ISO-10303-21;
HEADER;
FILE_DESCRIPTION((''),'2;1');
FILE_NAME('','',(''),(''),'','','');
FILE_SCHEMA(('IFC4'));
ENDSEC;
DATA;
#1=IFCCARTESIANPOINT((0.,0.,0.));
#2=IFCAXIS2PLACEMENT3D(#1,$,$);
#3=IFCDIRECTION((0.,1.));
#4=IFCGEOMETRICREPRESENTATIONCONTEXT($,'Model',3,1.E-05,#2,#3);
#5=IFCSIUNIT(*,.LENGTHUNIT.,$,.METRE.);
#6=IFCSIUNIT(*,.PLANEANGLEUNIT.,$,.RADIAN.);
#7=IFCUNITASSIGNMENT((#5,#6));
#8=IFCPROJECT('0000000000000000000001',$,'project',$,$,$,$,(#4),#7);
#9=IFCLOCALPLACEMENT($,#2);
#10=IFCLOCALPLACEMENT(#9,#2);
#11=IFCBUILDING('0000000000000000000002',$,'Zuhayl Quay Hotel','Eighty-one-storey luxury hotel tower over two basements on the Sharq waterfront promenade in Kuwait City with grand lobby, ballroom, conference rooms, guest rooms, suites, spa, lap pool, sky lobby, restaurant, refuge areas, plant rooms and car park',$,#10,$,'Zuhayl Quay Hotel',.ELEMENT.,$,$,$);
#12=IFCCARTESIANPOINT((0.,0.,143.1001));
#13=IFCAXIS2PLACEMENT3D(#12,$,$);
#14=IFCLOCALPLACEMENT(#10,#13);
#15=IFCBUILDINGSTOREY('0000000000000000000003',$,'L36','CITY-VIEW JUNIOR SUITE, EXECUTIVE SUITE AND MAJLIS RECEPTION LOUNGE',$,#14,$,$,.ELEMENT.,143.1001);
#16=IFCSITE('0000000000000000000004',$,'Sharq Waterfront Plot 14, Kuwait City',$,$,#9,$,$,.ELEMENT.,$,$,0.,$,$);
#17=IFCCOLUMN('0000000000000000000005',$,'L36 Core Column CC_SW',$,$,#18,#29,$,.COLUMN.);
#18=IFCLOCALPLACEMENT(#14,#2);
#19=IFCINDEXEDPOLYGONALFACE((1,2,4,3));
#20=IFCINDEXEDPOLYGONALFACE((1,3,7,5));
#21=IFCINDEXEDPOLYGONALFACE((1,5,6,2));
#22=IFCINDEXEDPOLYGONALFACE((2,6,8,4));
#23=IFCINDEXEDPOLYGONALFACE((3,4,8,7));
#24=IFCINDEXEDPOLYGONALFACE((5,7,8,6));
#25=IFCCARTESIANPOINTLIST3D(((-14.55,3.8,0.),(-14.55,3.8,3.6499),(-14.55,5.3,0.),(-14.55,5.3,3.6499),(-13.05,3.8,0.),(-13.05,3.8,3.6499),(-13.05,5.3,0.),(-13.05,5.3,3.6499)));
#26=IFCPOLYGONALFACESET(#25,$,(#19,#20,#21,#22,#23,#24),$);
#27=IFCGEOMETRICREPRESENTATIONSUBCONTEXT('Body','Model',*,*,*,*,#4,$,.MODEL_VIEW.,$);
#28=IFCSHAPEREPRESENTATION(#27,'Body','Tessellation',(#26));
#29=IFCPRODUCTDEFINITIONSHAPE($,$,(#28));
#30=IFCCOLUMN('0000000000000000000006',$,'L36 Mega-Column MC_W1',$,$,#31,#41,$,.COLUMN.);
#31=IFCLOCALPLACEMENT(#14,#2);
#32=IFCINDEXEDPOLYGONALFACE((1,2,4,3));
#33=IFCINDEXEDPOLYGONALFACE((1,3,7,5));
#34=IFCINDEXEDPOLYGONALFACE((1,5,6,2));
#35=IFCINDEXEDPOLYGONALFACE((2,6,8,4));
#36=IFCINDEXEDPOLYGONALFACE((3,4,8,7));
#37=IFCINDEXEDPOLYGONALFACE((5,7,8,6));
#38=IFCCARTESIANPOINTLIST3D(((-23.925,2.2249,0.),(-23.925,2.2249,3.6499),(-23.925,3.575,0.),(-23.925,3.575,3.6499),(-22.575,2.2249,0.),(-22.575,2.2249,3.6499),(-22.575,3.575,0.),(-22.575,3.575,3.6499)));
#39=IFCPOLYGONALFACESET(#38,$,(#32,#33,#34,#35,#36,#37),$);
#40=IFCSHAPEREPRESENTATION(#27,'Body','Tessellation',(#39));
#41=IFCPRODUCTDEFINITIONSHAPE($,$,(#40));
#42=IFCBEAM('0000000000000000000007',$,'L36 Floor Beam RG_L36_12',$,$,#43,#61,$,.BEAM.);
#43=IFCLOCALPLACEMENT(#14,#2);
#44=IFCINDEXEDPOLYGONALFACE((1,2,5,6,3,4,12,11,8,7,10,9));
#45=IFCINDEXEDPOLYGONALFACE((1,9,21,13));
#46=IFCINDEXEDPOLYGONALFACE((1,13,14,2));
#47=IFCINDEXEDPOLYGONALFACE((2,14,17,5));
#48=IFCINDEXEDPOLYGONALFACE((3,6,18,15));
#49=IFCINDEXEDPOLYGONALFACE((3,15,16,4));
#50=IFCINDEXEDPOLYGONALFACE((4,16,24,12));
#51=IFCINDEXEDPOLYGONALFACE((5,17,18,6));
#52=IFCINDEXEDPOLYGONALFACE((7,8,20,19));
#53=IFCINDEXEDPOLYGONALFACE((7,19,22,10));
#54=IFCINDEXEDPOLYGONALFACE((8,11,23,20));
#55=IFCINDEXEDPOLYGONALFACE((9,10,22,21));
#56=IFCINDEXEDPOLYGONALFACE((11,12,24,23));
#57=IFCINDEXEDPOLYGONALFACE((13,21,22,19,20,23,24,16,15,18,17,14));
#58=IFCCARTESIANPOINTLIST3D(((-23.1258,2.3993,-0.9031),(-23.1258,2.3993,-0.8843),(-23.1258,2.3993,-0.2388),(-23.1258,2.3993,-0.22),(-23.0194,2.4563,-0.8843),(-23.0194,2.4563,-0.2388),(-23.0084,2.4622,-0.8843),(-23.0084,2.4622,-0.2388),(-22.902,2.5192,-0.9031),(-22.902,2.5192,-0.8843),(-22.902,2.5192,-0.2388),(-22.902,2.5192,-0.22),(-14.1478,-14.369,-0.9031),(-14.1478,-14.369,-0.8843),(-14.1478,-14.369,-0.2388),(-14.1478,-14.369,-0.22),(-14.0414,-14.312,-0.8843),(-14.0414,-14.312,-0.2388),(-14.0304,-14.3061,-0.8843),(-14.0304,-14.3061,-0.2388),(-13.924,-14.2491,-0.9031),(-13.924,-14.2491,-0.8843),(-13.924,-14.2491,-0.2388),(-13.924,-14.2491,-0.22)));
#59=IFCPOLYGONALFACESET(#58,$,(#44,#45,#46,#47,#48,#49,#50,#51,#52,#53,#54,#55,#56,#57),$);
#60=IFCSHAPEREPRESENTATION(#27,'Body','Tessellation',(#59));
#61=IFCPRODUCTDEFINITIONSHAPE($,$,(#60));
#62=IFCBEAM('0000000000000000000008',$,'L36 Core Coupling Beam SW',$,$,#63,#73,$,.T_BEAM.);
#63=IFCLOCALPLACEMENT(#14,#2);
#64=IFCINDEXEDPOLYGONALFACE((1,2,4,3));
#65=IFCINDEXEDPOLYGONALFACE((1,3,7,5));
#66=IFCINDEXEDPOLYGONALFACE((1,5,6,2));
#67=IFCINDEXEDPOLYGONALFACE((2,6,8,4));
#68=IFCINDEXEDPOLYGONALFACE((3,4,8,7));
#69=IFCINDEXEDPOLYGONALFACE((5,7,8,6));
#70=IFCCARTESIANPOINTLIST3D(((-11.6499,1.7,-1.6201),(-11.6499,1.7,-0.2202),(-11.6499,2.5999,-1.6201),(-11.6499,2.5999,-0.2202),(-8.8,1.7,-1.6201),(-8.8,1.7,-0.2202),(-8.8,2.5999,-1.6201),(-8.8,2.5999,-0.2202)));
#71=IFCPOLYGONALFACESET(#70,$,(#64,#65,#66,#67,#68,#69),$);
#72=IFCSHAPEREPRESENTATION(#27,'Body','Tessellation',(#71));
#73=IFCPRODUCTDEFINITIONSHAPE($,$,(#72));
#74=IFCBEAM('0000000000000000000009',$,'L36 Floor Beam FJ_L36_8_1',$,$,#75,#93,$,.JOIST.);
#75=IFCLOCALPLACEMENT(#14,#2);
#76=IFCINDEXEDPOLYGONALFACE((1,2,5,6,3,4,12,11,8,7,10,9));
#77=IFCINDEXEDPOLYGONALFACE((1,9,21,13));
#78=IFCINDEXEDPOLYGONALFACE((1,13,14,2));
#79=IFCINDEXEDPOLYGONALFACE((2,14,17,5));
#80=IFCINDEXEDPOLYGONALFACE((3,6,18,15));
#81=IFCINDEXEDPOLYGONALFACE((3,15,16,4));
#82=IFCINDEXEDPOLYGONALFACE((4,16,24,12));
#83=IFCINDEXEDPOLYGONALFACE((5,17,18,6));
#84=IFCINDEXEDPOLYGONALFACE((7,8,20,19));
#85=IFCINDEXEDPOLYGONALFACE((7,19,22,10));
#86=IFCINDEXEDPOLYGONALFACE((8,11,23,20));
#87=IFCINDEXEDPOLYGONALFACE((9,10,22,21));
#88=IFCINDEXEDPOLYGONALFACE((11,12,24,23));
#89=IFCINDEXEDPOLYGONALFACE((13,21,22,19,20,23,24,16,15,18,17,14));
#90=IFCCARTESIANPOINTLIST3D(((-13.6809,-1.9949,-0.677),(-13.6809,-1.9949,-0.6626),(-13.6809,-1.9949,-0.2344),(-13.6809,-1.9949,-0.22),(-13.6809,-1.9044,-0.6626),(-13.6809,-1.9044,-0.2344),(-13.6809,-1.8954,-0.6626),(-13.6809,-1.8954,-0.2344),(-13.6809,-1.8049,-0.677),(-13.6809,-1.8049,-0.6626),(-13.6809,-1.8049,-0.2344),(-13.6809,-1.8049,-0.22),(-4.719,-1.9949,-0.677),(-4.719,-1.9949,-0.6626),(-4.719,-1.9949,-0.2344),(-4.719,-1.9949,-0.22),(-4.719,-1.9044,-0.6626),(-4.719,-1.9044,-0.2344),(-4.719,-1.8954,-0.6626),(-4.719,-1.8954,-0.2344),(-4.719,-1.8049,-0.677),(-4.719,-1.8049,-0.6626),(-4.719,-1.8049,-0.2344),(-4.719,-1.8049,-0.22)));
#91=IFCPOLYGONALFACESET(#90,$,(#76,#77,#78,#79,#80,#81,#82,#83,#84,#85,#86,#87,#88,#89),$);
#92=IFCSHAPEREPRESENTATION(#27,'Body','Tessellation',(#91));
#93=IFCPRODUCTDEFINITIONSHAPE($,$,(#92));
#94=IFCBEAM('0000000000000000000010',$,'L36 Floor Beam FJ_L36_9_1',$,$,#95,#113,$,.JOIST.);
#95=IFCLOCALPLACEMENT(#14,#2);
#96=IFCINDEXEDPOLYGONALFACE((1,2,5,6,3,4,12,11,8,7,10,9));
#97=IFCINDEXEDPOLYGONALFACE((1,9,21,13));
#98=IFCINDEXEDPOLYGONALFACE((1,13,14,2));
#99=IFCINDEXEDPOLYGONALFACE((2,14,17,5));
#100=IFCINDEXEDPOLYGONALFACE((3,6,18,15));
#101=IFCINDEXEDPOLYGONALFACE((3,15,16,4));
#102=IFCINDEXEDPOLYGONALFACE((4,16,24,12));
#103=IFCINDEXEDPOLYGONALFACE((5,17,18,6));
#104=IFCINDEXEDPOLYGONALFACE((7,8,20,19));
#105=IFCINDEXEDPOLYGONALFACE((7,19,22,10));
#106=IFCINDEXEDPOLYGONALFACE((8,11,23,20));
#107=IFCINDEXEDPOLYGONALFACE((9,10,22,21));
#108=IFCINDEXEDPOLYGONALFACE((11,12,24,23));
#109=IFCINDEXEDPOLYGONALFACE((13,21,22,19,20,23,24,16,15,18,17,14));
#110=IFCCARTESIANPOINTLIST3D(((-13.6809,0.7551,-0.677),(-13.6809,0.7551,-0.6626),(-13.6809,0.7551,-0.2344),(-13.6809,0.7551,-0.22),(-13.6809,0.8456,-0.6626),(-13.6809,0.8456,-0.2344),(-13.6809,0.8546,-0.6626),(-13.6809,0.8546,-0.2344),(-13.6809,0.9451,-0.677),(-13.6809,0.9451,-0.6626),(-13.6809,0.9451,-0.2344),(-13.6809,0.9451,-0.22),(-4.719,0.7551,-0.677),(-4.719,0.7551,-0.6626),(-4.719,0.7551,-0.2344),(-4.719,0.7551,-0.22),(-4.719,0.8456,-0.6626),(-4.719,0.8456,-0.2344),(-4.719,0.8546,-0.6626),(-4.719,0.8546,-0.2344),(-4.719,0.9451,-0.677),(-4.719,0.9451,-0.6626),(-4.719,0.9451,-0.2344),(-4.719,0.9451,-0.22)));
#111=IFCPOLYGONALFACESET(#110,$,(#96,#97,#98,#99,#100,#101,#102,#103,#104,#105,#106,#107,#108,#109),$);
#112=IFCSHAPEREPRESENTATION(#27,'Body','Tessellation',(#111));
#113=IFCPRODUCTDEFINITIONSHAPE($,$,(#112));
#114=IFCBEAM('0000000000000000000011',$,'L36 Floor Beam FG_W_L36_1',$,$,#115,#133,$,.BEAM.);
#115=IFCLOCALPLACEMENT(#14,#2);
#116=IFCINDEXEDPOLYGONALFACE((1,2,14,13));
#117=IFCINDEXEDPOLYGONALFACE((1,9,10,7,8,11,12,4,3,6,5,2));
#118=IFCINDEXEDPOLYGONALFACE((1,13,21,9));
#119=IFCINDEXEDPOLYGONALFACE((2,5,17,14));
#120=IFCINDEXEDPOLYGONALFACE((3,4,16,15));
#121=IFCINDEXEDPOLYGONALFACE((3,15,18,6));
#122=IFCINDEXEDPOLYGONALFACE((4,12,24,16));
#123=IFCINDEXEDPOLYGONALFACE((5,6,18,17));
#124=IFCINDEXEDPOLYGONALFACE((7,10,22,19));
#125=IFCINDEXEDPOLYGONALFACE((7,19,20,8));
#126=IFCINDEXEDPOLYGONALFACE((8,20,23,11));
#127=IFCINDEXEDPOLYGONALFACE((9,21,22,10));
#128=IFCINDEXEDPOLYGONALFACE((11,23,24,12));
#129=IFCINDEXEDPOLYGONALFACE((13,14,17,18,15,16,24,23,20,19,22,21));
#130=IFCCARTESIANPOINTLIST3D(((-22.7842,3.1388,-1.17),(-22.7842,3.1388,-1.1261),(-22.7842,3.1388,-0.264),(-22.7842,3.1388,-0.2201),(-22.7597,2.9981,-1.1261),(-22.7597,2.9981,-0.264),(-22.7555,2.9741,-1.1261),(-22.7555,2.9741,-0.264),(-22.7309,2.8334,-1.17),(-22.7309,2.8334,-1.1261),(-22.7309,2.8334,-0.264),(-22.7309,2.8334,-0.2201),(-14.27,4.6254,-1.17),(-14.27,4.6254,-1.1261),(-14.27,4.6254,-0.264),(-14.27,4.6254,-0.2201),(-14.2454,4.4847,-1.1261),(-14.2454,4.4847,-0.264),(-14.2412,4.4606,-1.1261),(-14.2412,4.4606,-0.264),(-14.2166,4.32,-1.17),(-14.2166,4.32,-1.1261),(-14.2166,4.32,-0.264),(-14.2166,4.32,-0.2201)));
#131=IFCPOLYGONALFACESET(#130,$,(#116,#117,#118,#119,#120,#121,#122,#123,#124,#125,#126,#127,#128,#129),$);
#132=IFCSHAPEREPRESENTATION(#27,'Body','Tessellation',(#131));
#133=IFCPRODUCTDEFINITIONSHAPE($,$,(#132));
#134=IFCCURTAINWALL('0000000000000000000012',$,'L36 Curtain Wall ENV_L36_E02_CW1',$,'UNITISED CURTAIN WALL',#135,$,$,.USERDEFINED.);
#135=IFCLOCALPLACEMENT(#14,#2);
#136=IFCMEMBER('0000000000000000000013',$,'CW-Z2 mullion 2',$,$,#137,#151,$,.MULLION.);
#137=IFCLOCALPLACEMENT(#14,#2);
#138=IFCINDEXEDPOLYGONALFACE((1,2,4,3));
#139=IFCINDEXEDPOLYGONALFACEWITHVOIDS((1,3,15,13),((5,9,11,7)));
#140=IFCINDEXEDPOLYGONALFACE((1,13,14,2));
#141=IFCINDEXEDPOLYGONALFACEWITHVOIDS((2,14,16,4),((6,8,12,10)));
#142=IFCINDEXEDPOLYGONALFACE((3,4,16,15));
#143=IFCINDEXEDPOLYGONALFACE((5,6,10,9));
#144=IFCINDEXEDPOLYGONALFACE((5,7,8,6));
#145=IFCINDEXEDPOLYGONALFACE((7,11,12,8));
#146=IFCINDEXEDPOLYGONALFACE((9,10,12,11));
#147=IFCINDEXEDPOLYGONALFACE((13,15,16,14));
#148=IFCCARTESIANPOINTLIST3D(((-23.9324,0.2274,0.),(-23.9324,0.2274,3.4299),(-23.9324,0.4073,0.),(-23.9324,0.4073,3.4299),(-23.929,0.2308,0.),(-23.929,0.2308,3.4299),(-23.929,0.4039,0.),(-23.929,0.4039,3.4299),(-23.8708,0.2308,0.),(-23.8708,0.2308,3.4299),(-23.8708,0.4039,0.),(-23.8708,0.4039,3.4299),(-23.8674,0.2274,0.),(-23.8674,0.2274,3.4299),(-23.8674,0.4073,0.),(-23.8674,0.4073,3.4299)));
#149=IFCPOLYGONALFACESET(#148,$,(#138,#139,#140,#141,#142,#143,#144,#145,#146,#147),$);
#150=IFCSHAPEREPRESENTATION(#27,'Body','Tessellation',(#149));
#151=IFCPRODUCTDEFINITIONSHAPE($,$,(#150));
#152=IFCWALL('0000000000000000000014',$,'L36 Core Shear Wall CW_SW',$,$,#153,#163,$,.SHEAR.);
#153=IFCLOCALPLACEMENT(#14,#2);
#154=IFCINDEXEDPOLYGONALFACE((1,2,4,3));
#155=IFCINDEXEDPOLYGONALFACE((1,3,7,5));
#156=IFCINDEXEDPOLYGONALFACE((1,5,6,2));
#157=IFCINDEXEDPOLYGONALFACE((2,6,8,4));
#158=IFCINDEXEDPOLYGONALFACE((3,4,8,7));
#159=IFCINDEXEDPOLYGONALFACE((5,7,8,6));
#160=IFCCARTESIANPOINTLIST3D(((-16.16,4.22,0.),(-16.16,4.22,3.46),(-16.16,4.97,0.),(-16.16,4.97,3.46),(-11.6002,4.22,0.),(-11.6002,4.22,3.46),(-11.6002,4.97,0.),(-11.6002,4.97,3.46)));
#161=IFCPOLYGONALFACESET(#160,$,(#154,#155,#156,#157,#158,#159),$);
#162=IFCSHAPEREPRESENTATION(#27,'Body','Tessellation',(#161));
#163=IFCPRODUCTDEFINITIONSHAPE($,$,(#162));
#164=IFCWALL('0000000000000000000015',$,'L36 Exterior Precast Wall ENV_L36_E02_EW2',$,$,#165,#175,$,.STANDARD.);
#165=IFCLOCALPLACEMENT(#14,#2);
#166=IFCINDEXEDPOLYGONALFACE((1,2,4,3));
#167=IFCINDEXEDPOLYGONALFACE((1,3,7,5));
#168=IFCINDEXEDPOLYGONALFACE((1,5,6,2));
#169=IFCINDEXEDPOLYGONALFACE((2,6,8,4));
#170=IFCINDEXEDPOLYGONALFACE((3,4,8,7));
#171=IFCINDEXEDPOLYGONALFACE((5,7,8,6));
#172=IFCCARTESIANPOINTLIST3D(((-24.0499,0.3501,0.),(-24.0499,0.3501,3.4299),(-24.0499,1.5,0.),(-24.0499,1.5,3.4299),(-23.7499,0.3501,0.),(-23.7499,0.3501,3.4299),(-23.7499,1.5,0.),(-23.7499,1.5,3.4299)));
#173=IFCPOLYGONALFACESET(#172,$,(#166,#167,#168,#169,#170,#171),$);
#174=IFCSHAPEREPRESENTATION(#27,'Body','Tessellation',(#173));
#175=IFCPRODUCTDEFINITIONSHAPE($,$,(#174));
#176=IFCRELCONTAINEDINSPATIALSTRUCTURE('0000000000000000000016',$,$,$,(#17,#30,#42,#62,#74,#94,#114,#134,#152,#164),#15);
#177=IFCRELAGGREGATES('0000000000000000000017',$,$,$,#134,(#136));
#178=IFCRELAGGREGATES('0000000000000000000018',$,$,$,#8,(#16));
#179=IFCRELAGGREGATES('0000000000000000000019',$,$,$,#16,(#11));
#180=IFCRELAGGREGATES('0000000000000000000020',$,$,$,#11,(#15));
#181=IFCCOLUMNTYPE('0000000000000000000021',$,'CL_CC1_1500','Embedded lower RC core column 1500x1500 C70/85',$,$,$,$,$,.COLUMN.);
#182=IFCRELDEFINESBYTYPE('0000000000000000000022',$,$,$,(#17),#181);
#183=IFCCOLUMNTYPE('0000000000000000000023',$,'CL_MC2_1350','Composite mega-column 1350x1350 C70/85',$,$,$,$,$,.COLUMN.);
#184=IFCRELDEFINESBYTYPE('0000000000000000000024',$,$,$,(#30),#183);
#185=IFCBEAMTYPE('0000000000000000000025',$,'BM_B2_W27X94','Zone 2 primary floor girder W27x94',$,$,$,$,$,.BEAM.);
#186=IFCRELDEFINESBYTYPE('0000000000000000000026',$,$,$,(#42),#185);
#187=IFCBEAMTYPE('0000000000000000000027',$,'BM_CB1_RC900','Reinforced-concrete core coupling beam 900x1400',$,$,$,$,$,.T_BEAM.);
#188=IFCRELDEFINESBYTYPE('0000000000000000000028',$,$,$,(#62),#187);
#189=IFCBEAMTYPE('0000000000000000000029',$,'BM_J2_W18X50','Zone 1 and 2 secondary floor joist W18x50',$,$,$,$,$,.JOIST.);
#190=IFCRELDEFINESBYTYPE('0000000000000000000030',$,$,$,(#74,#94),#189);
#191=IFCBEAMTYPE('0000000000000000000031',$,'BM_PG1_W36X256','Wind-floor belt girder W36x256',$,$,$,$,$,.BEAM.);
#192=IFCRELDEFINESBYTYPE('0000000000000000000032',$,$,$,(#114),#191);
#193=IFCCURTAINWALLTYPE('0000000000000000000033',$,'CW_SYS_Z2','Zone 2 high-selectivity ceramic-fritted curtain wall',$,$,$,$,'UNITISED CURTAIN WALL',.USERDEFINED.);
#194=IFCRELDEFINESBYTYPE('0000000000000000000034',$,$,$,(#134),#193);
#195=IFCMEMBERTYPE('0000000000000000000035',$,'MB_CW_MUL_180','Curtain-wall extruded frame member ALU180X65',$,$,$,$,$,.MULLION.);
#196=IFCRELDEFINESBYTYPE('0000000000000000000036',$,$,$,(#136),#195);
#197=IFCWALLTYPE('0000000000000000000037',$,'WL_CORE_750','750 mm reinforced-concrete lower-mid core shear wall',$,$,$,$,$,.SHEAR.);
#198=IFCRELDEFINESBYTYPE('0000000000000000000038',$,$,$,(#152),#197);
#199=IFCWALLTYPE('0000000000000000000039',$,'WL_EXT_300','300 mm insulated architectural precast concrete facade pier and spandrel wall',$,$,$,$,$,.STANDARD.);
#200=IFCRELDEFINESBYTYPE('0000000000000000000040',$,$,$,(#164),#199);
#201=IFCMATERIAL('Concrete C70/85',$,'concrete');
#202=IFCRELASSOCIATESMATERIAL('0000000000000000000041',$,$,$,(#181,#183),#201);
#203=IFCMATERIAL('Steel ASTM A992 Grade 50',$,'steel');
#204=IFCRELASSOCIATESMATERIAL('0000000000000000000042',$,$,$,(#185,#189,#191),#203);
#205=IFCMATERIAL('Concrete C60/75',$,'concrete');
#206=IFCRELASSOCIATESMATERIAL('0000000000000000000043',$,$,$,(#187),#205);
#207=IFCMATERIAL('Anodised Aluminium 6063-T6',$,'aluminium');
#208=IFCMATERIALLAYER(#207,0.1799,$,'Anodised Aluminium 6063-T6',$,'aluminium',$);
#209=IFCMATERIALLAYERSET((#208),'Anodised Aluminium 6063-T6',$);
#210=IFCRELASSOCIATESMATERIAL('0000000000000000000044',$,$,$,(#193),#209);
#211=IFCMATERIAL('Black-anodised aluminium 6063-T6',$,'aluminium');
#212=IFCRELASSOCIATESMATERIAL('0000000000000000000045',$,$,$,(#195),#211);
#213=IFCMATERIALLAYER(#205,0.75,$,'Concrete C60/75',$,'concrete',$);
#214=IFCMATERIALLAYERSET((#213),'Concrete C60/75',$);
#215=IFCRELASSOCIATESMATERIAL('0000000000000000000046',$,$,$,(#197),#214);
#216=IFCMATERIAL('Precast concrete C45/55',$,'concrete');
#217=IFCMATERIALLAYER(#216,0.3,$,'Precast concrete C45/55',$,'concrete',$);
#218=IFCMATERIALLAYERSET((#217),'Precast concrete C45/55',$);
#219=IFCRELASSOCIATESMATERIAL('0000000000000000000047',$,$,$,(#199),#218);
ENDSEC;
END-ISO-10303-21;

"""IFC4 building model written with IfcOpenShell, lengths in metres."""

from ifc_helpers import new_model, si_unit, direction, frame, frame_2d, origin, origin_2d, place, context, subcontext, project, spatial, rectangle, hollow_rectangle, i_section, extrude, material, layer, layer_set, material_profile, profile_set, type_object, element, aggregate, save


model = new_model("IFC4")

# Units and contexts
model_context = context("Model", 3, precision=1e-05, world=origin(), true_north=direction((0.0, 1.0)))
body_context = subcontext(model_context, "Body", "Model", "MODEL_VIEW")
ifc_project = project(units=[si_unit("LENGTHUNIT", "METRE"), si_unit("PLANEANGLEUNIT", "RADIAN")], contexts=[model_context])

# Site, building, storey
site_placement = place(None, origin())
site = spatial("IfcSite", under=ifc_project, at=site_placement, Name="Sharq Waterfront Plot 14, Kuwait City", CompositionType="ELEMENT", RefElevation=0.0)
building_placement = place(site_placement, origin())
building = spatial("IfcBuilding", under=site, at=building_placement, Name="Zuhayl Quay Hotel", Description="Eighty-one-storey luxury hotel tower over two basements on the Sharq waterfront promenade in Kuwait City with grand lobby, ballroom, conference rooms, guest rooms, suites, spa, lap pool, sky lobby, restaurant, refuge areas, plant rooms and car park", LongName="Zuhayl Quay Hotel", CompositionType="ELEMENT")
storey_placement = place(building_placement, frame((0.0, 0.0, 143.1001)))
storey = spatial("IfcBuildingStorey", under=building, at=storey_placement, Name="L36", Description="CITY-VIEW JUNIOR SUITE, EXECUTIVE SUITE AND MAJLIS RECEPTION LOUNGE", CompositionType="ELEMENT", Elevation=143.1001)

# Columns
ifc_material_1 = material(Name="Concrete C70/85", Category="concrete")
ifc_material_profile_1 = material_profile(ifc_material_1, rectangle(XDim=1.5, YDim=1.5, at=origin_2d()), Name="RC1500X1500")
ifc_profile_set_1 = profile_set([ifc_material_profile_1], Name="Concrete C70/85")
column_type_1 = type_object("IfcColumnType", Name="CL_CC1_1500", Description="Embedded lower RC core column 1500x1500 C70/85", PredefinedType="COLUMN", material=ifc_profile_set_1)
column_1_placement = place(storey_placement, frame((-13.8, 4.55, 0.0), z_axis=(0.0, 0.0, 1.0), x_axis=(1.0, 0.0, 0.0)))
element("IfcColumn", 1, at=column_1_placement, inside=storey, type_object=column_type_1, Name="L36 Core Column CC_SW", PredefinedType="COLUMN", context=body_context, shape_type="SweptSolid", body=[
    extrude(rectangle(XDim=1.5, YDim=1.5, at=origin_2d()), origin(), (0.0, 0.0, 1.0), 3.6499),
])
ifc_material_profile_2 = material_profile(ifc_material_1, rectangle(XDim=1.3501, YDim=1.3501, at=origin_2d()), Name="RC1350X1350")
ifc_profile_set_2 = profile_set([ifc_material_profile_2], Name="Concrete C70/85")
column_type_2 = type_object("IfcColumnType", Name="CL_MC2_1350", Description="Composite mega-column 1350x1350 C70/85", PredefinedType="COLUMN", material=ifc_profile_set_2)
column_2_placement = place(storey_placement, frame((-23.25, 2.8999, 0.0), z_axis=(0.0, 0.0, 1.0), x_axis=(1.0, 0.0, 0.0)))
element("IfcColumn", 2, at=column_2_placement, inside=storey, type_object=column_type_2, Name="L36 Mega-Column MC_W1", PredefinedType="COLUMN", context=body_context, shape_type="SweptSolid", body=[
    extrude(rectangle(XDim=1.3501, YDim=1.3501, at=origin_2d()), origin(), (0.0, 0.0, 1.0), 3.6499),
])

# Beams
ifc_material_2 = material(Name="Steel ASTM A992 Grade 50", Category="steel")
ifc_material_profile_3 = material_profile(ifc_material_2, i_section(OverallWidth=0.2539, OverallDepth=0.6831, WebThickness=0.0125, FlangeThickness=0.0188, at=origin_2d()), Name="W27X94")
ifc_profile_set_3 = profile_set([ifc_material_profile_3], Name="Steel ASTM A992 Grade 50")
beam_type_1 = type_object("IfcBeamType", Name="BM_B2_W27X94", Description="Zone 2 primary floor girder W27x94", PredefinedType="BEAM", material=ifc_profile_set_3)
beam_1_placement = place(storey_placement, frame((-23.0139, 2.4592, -0.5615), z_axis=(0.472017, -0.881589, 0.0), x_axis=(0.881589, 0.472017, 0.0)))
element("IfcBeam", 3, at=beam_1_placement, inside=storey, type_object=beam_type_1, Name="L36 Floor Beam RG_L36_12", PredefinedType="BEAM", context=body_context, shape_type="SweptSolid", body=[
    extrude(i_section(OverallWidth=0.2539, OverallDepth=0.6831, WebThickness=0.0125, FlangeThickness=0.0188, at=origin_2d()), origin(), (0.0, 0.0, 1.0), 19.0205),
])
ifc_material_3 = material(Name="Concrete C60/75", Category="concrete")
ifc_material_profile_4 = material_profile(ifc_material_3, rectangle(XDim=0.8999, YDim=1.3999, at=origin_2d()), Name="RC900X1400")
ifc_profile_set_4 = profile_set([ifc_material_profile_4], Name="Concrete C60/75")
beam_type_2 = type_object("IfcBeamType", Name="BM_CB1_RC900", Description="Reinforced-concrete core coupling beam 900x1400", PredefinedType="T_BEAM", material=ifc_profile_set_4)
beam_2_placement = place(storey_placement, frame((-11.6499, 2.1499, -0.9202), z_axis=(1.0, 0.0, 0.0), x_axis=(0.0, 1.0, 0.0)))
element("IfcBeam", 4, at=beam_2_placement, inside=storey, type_object=beam_type_2, Name="L36 Core Coupling Beam SW", PredefinedType="T_BEAM", context=body_context, shape_type="SweptSolid", body=[
    extrude(rectangle(XDim=0.8999, YDim=1.3999, at=origin_2d()), origin(), (0.0, 0.0, 1.0), 2.8499),
])
ifc_material_profile_5 = material_profile(ifc_material_2, i_section(OverallWidth=0.1899, OverallDepth=0.457, WebThickness=0.009, FlangeThickness=0.0144, at=origin_2d()), Name="W18X50")
ifc_profile_set_5 = profile_set([ifc_material_profile_5], Name="Steel ASTM A992 Grade 50")
beam_type_3 = type_object("IfcBeamType", Name="BM_J2_W18X50", Description="Zone 1 and 2 secondary floor joist W18x50", PredefinedType="JOIST", material=ifc_profile_set_5)
for number, where, z_axis, x_axis, name in (
    (5, (-13.6809, -1.8999, -0.4485), (1.0, 0.0, 0.0), (0.0, 1.0, 0.0), "L36 Floor Beam FJ_L36_8_1"),
    (6, (-13.6809, 0.8501, -0.4485), (1.0, 0.0, 0.0), (0.0, 1.0, 0.0), "L36 Floor Beam FJ_L36_9_1"),
):
    element("IfcBeam", number, at=place(storey_placement, frame(where, z_axis=z_axis, x_axis=x_axis)), inside=storey, type_object=beam_type_3, Name=name, PredefinedType="JOIST", context=body_context, shape_type="SweptSolid", body=[
        extrude(i_section(OverallWidth=0.1899, OverallDepth=0.457, WebThickness=0.009, FlangeThickness=0.0144, at=origin_2d()), origin(), (0.0, 0.0, 1.0), 8.9619),
    ])
ifc_material_profile_6 = material_profile(ifc_material_2, i_section(OverallWidth=0.3101, OverallDepth=0.95, WebThickness=0.0244, FlangeThickness=0.0439, at=origin_2d()), Name="W36X256")
ifc_profile_set_6 = profile_set([ifc_material_profile_6], Name="Steel ASTM A992 Grade 50")
beam_type_4 = type_object("IfcBeamType", Name="BM_PG1_W36X256", Description="Wind-floor belt girder W36x256", PredefinedType="BEAM", material=ifc_profile_set_6)
beam_3_placement = place(storey_placement, frame((-22.7576, 2.9861, -0.6951), z_axis=(0.985097, 0.171998, 0.0), x_axis=(-0.171998, 0.985097, 0.0)))
element("IfcBeam", 7, at=beam_3_placement, inside=storey, type_object=beam_type_4, Name="L36 Floor Beam FG_W_L36_1", PredefinedType="BEAM", context=body_context, shape_type="SweptSolid", body=[
    extrude(i_section(OverallWidth=0.3101, OverallDepth=0.95, WebThickness=0.0244, FlangeThickness=0.0439, at=origin_2d()), origin(), (0.0, 0.0, 1.0), 8.6431),
])

# Curtain wall, member
ifc_material_4 = material(Name="Anodised Aluminium 6063-T6", Category="aluminium")
ifc_layer_1 = layer(ifc_material_4, 0.1799, Name="Anodised Aluminium 6063-T6", Category="aluminium")
ifc_layer_set_1 = layer_set([ifc_layer_1], Name="Anodised Aluminium 6063-T6")
curtain_wall_type = type_object("IfcCurtainWallType", Name="CW_SYS_Z2", Description="Zone 2 high-selectivity ceramic-fritted curtain wall", ElementType="UNITISED CURTAIN WALL", PredefinedType="USERDEFINED", material=ifc_layer_set_1)
curtain_wall_placement = place(storey_placement, origin())
curtain_wall = element("IfcCurtainWall", 8, at=curtain_wall_placement, inside=storey, type_object=curtain_wall_type, Name="L36 Curtain Wall ENV_L36_E02_CW1", ObjectType="UNITISED CURTAIN WALL", PredefinedType="USERDEFINED")
ifc_material_5 = material(Name="Black-anodised aluminium 6063-T6", Category="aluminium")
ifc_material_profile_7 = material_profile(ifc_material_5, hollow_rectangle(XDim=0.0649, YDim=0.1799, WallThickness=0.0034, at=origin_2d()), Name="ALU180X65")
ifc_profile_set_7 = profile_set([ifc_material_profile_7], Name="Black-anodised aluminium 6063-T6")
member_type = type_object("IfcMemberType", Name="MB_CW_MUL_180", Description="Curtain-wall extruded frame member ALU180X65", PredefinedType="MULLION", material=ifc_profile_set_7)
member_placement = place(storey_placement, frame((-23.8999, 0.3174, 0.0), z_axis=(0.0, 0.0, 1.0), x_axis=(-1.0, 0.0, 0.0)))
member = element("IfcMember", 9, at=member_placement, type_object=member_type, Name="CW-Z2 mullion 2", PredefinedType="MULLION", context=body_context, shape_type="SweptSolid", body=[
    extrude(hollow_rectangle(XDim=0.0649, YDim=0.1799, WallThickness=0.0034, at=origin_2d()), origin(), (0.0, 0.0, 1.0), 3.4299),
])
aggregate(curtain_wall, [member])

# Walls
ifc_layer_2 = layer(ifc_material_3, 0.75, Name="Concrete C60/75", Category="concrete")
ifc_layer_set_2 = layer_set([ifc_layer_2], Name="Concrete C60/75")
wall_type_1 = type_object("IfcWallType", Name="WL_CORE_750", Description="750 mm reinforced-concrete lower-mid core shear wall", PredefinedType="SHEAR", material=ifc_layer_set_2)
wall_1_placement = place(storey_placement, frame((-16.1599, 4.595, 0.0), z_axis=(0.0, 0.0, 1.0), x_axis=(1.0, 0.0, 0.0)))
element("IfcWall", 10, at=wall_1_placement, inside=storey, type_object=wall_type_1, Name="L36 Core Shear Wall CW_SW", PredefinedType="SHEAR", context=body_context, shape_type="SweptSolid", body=[
    extrude(rectangle(XDim=4.5598, YDim=0.75, at=frame_2d((2.2798, 0.0))), origin(), (0.0, 0.0, 1.0), 3.46),
])
ifc_material_6 = material(Name="Precast concrete C45/55", Category="concrete")
ifc_layer_3 = layer(ifc_material_6, 0.3, Name="Precast concrete C45/55", Category="concrete")
ifc_layer_set_3 = layer_set([ifc_layer_3], Name="Precast concrete C45/55")
wall_type_2 = type_object("IfcWallType", Name="WL_EXT_300", Description="300 mm insulated architectural precast concrete facade pier and spandrel wall", PredefinedType="STANDARD", material=ifc_layer_set_3)
wall_2_placement = place(storey_placement, frame((-23.8999, 0.3501, 0.0), z_axis=(0.0, 0.0, 1.0), x_axis=(0.0, 1.0, 0.0)))
element("IfcWall", 11, at=wall_2_placement, inside=storey, type_object=wall_type_2, Name="L36 Exterior Precast Wall ENV_L36_E02_EW2", PredefinedType="STANDARD", context=body_context, shape_type="SweptSolid", body=[
    extrude(rectangle(XDim=1.1499, YDim=0.3, at=frame_2d((0.575, 0.0))), origin(), (0.0, 0.0, 1.0), 3.4299),
])

save(model, "model.ifc")
